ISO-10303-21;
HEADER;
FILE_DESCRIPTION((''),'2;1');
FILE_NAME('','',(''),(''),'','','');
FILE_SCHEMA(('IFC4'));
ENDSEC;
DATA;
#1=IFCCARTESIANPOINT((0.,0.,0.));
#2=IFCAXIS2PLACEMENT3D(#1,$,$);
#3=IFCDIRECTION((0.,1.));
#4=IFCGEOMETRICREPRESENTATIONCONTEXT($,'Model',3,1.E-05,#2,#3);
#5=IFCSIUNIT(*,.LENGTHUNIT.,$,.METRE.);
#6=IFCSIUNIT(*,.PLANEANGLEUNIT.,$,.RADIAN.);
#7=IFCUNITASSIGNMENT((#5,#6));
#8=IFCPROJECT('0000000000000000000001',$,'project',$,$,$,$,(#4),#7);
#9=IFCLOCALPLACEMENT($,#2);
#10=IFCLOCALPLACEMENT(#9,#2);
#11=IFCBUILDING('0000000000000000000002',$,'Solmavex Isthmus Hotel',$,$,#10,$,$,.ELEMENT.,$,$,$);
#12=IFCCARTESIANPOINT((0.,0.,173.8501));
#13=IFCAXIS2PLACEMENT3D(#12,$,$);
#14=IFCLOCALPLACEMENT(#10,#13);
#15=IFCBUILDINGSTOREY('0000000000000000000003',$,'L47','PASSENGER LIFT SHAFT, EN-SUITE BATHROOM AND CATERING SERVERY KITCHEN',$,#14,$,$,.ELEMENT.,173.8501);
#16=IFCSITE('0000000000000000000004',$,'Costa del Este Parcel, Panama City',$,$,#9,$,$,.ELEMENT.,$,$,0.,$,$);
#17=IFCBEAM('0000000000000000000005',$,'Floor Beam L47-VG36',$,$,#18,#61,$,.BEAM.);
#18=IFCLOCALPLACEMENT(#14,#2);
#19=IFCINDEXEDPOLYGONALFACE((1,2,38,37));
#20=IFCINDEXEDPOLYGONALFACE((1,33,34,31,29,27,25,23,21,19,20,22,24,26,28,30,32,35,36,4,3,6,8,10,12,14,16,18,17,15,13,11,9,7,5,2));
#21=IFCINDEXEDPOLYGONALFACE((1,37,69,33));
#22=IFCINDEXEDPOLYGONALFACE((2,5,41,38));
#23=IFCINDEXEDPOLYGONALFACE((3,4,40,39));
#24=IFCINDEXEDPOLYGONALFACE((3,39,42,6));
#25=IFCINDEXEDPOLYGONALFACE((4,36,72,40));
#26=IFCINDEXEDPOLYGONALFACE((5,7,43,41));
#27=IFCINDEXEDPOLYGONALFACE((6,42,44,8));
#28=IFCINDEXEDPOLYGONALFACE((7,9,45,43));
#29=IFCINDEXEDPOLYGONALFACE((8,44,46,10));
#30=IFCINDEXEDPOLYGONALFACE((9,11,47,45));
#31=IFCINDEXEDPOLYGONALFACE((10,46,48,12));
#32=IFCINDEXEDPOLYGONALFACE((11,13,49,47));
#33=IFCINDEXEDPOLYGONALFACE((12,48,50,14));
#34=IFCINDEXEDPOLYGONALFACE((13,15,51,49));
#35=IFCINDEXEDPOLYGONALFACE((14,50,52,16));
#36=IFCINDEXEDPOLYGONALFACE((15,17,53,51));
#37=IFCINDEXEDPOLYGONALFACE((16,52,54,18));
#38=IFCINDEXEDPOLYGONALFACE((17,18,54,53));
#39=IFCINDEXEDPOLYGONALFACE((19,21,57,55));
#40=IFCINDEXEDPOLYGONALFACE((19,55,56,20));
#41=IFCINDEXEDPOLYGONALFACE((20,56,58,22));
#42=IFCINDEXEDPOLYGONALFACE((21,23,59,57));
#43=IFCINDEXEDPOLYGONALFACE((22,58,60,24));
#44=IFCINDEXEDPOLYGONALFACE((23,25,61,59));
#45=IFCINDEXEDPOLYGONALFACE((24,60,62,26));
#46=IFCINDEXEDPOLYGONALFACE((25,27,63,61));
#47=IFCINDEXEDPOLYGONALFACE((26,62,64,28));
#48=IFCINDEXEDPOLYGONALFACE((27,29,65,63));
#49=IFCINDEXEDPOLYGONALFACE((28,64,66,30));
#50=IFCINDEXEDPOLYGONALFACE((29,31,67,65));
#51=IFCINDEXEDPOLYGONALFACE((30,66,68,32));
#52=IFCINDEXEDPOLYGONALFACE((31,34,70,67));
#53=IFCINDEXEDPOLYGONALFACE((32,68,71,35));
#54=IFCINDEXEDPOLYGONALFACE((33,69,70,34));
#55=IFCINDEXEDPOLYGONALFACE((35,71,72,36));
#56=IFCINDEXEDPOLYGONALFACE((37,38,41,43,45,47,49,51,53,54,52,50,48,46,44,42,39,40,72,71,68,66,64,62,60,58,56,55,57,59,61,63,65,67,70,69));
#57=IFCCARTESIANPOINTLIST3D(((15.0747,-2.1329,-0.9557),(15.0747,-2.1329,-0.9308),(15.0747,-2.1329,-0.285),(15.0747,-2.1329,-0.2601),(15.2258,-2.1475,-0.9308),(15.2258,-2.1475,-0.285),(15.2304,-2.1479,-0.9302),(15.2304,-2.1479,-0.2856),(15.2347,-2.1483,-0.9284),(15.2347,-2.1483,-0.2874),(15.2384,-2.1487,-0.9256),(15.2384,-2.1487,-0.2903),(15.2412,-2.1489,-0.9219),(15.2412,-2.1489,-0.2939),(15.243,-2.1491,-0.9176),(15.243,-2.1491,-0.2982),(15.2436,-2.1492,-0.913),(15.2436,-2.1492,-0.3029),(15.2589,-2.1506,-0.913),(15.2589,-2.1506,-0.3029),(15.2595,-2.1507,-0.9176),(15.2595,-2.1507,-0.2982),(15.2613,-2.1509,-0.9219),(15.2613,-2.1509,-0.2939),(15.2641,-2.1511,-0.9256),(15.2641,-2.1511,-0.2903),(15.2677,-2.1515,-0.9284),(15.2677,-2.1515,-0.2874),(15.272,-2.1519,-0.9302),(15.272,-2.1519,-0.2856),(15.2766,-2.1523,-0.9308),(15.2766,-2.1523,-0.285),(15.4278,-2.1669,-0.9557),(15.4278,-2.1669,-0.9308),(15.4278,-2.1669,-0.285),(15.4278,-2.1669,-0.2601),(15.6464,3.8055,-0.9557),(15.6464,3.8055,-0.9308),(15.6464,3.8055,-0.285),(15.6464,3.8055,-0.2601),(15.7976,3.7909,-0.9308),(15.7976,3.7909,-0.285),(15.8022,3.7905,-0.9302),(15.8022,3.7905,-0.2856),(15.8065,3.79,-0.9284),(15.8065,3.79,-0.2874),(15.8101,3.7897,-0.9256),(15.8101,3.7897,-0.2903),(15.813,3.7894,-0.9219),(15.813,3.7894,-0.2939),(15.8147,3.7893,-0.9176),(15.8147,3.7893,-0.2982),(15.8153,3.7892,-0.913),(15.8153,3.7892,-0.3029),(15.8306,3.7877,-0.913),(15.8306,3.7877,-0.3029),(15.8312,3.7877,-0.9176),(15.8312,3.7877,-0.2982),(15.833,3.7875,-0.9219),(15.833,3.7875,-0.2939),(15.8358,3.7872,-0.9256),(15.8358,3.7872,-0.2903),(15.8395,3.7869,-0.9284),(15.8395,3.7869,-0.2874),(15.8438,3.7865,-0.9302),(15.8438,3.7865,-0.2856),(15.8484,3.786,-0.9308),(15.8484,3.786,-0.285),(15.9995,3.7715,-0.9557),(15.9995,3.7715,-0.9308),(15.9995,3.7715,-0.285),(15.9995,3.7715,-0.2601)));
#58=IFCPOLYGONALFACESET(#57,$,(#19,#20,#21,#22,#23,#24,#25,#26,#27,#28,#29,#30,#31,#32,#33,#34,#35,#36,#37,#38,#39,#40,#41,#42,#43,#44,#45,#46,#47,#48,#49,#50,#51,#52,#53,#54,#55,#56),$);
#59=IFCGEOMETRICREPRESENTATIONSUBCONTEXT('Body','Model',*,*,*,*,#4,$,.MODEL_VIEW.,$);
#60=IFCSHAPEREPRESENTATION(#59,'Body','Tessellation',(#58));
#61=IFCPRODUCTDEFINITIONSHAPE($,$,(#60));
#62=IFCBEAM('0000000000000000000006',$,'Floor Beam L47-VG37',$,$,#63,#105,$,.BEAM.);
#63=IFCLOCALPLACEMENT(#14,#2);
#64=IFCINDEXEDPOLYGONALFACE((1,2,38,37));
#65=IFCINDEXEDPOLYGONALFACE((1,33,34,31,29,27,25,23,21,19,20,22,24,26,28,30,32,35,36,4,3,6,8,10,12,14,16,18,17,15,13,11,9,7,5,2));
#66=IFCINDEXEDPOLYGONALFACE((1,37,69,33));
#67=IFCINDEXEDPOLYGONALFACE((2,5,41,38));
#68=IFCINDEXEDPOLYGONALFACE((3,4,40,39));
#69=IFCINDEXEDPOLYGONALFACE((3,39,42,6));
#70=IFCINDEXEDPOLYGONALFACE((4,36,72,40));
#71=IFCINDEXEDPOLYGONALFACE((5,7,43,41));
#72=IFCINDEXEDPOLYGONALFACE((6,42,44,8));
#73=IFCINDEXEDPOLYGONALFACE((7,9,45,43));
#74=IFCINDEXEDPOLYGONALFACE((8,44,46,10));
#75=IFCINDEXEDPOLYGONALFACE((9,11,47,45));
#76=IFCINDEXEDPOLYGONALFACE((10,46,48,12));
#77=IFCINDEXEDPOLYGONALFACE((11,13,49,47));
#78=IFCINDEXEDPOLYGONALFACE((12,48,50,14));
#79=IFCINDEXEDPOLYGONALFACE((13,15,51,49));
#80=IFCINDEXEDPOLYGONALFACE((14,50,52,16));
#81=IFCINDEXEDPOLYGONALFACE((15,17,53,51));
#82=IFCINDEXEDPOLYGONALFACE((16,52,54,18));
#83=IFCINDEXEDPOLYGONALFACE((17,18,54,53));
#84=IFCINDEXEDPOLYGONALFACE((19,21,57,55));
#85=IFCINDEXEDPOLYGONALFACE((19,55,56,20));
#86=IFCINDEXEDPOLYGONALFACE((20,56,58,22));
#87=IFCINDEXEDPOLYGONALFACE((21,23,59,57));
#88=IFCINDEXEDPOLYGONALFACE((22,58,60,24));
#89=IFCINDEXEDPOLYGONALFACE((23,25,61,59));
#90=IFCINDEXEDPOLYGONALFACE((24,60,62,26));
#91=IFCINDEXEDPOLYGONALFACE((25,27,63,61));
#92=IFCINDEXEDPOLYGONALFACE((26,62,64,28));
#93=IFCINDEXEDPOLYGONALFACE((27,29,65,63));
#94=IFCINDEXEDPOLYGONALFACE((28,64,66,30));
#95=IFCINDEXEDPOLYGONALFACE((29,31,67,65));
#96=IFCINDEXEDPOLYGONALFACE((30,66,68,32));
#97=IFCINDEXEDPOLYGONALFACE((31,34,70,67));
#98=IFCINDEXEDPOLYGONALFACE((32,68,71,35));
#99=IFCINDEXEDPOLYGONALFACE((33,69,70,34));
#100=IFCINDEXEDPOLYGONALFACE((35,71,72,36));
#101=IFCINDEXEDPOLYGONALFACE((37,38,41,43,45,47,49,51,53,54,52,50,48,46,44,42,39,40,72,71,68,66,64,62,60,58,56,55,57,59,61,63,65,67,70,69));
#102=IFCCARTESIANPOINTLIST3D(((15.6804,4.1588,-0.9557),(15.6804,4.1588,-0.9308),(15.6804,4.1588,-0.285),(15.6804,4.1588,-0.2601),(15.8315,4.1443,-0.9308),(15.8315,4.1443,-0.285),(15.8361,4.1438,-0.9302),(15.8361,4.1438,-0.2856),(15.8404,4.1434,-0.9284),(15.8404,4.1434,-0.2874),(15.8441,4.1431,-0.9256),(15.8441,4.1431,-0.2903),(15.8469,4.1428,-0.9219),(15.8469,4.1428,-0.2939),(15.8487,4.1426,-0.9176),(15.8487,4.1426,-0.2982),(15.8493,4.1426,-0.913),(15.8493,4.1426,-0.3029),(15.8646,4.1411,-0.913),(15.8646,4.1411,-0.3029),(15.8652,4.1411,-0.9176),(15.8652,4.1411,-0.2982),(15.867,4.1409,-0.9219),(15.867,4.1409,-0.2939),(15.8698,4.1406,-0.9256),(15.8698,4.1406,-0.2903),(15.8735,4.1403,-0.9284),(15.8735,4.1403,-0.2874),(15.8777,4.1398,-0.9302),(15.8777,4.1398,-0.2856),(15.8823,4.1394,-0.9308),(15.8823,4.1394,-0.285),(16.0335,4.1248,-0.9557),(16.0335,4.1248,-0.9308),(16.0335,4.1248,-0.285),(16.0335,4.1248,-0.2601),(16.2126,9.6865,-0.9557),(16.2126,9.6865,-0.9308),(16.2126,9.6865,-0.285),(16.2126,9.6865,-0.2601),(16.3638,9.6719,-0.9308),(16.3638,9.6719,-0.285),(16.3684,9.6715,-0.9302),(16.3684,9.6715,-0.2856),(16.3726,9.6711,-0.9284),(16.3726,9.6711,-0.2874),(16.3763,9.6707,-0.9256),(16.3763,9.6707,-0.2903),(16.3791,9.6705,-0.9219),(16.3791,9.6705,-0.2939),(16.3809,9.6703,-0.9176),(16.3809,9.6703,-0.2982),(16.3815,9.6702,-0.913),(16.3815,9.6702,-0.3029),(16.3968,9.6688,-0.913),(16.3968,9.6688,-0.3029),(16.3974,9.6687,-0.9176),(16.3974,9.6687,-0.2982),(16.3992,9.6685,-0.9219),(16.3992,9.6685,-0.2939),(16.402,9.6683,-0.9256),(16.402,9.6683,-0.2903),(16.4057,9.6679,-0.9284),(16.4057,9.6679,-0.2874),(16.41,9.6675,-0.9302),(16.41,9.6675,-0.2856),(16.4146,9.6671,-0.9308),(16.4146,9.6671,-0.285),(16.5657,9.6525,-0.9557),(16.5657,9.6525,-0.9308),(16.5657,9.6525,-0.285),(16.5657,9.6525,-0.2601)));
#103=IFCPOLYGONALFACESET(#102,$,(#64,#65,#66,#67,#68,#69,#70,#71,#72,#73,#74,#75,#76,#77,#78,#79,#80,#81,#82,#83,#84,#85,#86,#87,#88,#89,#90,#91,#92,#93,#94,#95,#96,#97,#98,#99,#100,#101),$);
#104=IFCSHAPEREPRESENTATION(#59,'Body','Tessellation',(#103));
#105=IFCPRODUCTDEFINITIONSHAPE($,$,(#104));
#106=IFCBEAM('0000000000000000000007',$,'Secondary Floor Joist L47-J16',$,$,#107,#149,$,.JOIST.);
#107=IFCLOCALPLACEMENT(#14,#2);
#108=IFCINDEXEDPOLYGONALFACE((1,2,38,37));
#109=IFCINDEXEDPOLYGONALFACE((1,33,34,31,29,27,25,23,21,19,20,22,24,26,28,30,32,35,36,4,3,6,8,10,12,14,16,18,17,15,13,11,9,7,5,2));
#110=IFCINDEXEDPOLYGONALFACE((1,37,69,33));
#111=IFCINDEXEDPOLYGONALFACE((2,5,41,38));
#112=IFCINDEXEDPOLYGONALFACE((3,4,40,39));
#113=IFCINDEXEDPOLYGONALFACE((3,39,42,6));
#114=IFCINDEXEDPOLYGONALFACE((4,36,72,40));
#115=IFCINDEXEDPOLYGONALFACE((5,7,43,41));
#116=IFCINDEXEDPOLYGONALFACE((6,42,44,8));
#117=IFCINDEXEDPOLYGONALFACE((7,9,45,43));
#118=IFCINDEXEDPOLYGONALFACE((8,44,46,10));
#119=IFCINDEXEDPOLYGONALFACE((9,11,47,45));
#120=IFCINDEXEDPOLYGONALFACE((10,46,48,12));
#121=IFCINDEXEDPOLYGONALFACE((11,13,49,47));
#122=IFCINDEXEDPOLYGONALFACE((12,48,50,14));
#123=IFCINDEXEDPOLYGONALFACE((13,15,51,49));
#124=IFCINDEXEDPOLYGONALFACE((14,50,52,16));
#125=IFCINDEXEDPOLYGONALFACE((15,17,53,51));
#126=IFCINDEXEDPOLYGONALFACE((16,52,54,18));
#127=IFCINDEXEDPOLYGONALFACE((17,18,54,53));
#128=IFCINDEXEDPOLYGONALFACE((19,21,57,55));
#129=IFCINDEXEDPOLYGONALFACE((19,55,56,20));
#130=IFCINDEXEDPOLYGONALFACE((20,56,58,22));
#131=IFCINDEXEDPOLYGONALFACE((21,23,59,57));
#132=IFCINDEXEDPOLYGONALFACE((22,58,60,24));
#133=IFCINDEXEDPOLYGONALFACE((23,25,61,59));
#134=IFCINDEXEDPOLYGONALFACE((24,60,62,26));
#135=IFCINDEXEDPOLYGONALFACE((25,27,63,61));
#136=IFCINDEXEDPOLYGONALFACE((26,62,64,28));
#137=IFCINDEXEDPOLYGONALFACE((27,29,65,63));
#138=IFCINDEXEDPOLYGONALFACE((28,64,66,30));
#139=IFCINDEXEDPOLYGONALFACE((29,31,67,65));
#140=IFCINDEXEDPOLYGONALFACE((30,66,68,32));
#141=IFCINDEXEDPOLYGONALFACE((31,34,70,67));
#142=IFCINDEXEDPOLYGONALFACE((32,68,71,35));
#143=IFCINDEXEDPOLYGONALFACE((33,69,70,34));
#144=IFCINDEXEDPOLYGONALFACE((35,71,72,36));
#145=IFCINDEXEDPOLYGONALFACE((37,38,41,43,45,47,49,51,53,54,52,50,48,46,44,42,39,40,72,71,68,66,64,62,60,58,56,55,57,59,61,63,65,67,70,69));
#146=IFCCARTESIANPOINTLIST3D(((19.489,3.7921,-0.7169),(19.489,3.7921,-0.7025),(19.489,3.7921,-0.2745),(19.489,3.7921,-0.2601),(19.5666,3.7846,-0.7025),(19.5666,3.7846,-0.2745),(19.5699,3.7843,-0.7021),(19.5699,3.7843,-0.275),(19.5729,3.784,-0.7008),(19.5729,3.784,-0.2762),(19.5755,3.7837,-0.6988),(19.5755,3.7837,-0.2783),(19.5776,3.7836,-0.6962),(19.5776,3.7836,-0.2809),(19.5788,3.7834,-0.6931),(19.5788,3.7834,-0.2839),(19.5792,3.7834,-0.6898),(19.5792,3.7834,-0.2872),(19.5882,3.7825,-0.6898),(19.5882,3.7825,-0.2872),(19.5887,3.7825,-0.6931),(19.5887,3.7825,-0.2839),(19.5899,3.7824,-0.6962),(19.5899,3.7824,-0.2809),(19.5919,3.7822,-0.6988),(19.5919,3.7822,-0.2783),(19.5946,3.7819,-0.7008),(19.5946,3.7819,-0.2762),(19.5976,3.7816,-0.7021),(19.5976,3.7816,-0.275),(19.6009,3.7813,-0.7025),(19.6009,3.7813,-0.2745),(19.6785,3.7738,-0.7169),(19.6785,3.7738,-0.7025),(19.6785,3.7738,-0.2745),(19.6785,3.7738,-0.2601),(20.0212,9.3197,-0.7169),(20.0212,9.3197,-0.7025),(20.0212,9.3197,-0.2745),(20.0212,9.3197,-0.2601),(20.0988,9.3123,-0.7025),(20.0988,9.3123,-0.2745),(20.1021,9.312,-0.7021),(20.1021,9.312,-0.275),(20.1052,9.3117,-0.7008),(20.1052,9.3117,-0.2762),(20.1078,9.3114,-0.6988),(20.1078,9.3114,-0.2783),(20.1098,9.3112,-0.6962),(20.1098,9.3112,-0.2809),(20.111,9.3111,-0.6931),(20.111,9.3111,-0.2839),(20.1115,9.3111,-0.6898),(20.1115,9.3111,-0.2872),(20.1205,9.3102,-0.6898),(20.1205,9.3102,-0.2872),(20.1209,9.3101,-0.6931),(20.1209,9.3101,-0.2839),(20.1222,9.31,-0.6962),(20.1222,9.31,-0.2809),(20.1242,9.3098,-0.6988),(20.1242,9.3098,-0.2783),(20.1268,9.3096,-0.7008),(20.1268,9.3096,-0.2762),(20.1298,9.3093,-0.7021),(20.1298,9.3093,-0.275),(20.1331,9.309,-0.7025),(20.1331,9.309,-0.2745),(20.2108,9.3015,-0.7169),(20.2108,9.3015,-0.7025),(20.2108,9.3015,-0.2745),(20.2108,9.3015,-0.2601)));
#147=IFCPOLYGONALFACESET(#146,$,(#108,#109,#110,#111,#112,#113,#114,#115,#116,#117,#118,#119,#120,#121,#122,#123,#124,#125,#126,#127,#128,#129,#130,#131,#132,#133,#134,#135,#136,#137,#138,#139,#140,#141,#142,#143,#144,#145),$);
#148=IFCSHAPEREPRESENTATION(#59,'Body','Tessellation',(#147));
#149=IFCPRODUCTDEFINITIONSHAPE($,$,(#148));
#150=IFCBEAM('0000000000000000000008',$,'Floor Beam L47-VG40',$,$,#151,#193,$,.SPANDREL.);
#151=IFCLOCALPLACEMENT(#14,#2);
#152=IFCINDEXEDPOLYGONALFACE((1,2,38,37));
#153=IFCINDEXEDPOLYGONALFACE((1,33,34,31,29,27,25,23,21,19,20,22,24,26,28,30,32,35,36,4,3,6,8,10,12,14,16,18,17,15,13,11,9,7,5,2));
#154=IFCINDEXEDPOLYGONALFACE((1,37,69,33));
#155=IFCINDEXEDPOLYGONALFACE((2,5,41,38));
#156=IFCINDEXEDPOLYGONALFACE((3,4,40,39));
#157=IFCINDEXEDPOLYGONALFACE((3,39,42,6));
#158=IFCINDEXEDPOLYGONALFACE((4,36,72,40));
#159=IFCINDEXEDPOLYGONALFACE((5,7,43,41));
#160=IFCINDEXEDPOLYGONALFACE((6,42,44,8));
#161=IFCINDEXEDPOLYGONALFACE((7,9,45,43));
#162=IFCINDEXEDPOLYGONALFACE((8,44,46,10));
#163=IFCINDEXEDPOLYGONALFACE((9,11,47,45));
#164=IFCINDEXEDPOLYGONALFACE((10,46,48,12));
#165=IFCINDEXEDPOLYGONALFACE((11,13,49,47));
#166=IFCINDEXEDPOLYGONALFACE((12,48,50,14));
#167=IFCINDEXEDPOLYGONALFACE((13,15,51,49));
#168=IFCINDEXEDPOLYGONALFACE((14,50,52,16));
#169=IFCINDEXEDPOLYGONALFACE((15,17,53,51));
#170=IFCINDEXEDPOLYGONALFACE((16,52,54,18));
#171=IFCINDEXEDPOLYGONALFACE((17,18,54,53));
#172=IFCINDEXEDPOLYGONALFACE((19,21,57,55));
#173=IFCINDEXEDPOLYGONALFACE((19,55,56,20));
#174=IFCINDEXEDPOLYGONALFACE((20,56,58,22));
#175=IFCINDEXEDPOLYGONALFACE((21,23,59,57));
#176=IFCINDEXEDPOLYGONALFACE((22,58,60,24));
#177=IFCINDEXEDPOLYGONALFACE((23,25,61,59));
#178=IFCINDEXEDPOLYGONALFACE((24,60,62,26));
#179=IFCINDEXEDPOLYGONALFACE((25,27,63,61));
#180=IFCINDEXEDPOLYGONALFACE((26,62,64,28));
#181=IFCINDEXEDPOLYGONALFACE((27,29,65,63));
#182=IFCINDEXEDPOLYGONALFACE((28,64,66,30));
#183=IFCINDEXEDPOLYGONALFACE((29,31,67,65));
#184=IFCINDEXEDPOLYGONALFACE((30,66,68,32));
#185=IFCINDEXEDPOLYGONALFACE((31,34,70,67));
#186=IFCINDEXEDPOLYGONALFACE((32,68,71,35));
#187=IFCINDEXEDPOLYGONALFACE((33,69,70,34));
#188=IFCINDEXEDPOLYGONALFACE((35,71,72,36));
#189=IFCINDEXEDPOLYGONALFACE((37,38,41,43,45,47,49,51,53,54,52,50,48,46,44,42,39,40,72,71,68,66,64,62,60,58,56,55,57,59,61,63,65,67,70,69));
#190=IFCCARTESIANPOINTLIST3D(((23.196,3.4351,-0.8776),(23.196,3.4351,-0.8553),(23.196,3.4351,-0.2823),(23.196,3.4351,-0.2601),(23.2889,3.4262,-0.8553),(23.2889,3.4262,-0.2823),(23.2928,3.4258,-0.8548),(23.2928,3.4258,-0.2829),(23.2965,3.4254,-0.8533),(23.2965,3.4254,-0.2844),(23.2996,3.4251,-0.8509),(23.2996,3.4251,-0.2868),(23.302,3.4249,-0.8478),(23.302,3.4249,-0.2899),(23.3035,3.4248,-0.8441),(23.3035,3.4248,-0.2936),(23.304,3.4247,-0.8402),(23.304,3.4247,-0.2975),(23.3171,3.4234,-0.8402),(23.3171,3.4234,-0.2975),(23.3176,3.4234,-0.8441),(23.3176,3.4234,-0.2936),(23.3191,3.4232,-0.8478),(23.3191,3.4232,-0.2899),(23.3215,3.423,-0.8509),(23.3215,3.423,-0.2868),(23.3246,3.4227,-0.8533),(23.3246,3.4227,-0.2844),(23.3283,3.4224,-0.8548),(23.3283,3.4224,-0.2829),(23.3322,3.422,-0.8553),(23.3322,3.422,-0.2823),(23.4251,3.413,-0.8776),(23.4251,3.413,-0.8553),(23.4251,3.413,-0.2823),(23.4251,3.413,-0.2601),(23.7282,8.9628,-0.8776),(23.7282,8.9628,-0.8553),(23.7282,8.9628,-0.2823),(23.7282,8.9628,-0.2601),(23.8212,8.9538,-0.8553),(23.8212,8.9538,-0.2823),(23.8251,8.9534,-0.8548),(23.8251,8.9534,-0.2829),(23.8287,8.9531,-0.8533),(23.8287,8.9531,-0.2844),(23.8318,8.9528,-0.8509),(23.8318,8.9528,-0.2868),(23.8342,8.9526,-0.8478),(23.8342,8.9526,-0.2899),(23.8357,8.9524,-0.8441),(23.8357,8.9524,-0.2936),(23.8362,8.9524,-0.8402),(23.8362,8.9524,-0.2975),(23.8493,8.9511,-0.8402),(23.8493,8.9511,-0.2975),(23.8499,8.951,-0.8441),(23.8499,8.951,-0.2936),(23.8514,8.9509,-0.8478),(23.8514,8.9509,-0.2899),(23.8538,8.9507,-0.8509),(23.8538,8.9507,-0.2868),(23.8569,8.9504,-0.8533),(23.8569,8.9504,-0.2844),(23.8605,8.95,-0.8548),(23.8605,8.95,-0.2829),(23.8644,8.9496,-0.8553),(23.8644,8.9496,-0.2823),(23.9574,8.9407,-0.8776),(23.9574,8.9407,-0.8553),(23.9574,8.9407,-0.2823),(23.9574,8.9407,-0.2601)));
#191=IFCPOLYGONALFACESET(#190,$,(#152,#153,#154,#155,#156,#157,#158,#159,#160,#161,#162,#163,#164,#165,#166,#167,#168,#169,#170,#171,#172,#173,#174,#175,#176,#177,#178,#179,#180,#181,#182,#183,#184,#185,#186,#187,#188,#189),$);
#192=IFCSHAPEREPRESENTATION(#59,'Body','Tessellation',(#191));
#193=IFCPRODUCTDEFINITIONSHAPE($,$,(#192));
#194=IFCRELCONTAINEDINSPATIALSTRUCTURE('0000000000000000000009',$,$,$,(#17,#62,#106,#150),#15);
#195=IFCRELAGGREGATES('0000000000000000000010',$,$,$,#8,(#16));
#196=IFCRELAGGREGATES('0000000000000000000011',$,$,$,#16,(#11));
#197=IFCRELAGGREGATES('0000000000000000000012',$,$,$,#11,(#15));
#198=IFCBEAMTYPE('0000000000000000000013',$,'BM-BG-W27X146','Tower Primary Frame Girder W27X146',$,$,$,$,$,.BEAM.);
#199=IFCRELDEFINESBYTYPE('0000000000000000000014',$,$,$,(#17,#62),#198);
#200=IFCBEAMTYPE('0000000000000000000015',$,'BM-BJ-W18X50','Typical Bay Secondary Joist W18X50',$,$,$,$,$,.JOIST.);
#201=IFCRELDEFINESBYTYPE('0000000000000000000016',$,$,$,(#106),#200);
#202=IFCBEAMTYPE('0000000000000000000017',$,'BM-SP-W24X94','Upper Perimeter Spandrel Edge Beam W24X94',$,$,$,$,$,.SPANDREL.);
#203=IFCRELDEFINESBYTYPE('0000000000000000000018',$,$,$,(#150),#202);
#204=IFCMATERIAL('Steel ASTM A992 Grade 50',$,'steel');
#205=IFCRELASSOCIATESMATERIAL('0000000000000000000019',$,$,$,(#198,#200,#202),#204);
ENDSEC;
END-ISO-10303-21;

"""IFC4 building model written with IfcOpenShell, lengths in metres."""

from ifc_helpers import new_model, si_unit, direction, frame, origin, origin_2d, place, context, subcontext, project, spatial, i_section, extrude, material, material_profile, profile_set, type_object, element, save


model = new_model("IFC4")

# Units and contexts
model_context = context("Model", 3, precision=1e-05, world=origin(), true_north=direction((0.0, 1.0)))
body_context = subcontext(model_context, "Body", "Model", "MODEL_VIEW")
ifc_project = project(units=[si_unit("LENGTHUNIT", "METRE"), si_unit("PLANEANGLEUNIT", "RADIAN")], contexts=[model_context])

# Site, building, storey
site_placement = place(None, origin())
site = spatial("IfcSite", under=ifc_project, at=site_placement, Name="Costa del Este Parcel, Panama City", CompositionType="ELEMENT", RefElevation=0.0)
building_placement = place(site_placement, origin())
building = spatial("IfcBuilding", under=site, at=building_placement, Name="Solmavex Isthmus Hotel", CompositionType="ELEMENT")
storey_placement = place(building_placement, frame((0.0, 0.0, 173.8501)))
storey = spatial("IfcBuildingStorey", under=building, at=storey_placement, Name="L47", Description="PASSENGER LIFT SHAFT, EN-SUITE BATHROOM AND CATERING SERVERY KITCHEN", CompositionType="ELEMENT", Elevation=173.8501)

# Beams
ifc_material_1 = material(Name="Steel ASTM A992 Grade 50", Category="steel")
ifc_material_profile_1 = material_profile(ifc_material_1, i_section(OverallWidth=0.3547, OverallDepth=0.6956, WebThickness=0.0154, FlangeThickness=0.0249, FilletRadius=0.0178, at=origin_2d()), Name="W27X146")
ifc_profile_set_1 = profile_set([ifc_material_profile_1], Name="Steel ASTM A992 Grade 50")
beam_type_1 = type_object("IfcBeamType", Name="BM-BG-W27X146", Description="Tower Primary Frame Girder W27X146", PredefinedType="BEAM", material=ifc_profile_set_1)
beam_1_placement = place(storey_placement, frame((15.2512, -2.1499, -0.6079), z_axis=(0.09584, 0.995397, 0.0), x_axis=(-0.995397, 0.09584, 0.0)))
element("IfcBeam", 1, at=beam_1_placement, inside=storey, type_object=beam_type_1, Name="Floor Beam L47-VG36", PredefinedType="BEAM", context=body_context, shape_type="SweptSolid", body=[
    extrude(i_section(OverallWidth=0.3547, OverallDepth=0.6956, WebThickness=0.0154, FlangeThickness=0.0249, FilletRadius=0.0178, at=origin_2d()), origin(), (0.0, 0.0, 1.0), 5.9658),
])
beam_2_placement = place(storey_placement, frame((15.8569, 4.1418, -0.6079), z_axis=(0.095842, 0.995397, 0.0), x_axis=(-0.995397, 0.095842, 0.0)))
element("IfcBeam", 2, at=beam_2_placement, inside=storey, type_object=beam_type_1, Name="Floor Beam L47-VG37", PredefinedType="BEAM", context=body_context, shape_type="SweptSolid", body=[
    extrude(i_section(OverallWidth=0.3547, OverallDepth=0.6956, WebThickness=0.0154, FlangeThickness=0.0249, FilletRadius=0.0178, at=origin_2d()), origin(), (0.0, 0.0, 1.0), 5.5532),
])
ifc_material_profile_2 = material_profile(ifc_material_1, i_section(OverallWidth=0.1904, OverallDepth=0.4568, WebThickness=0.009, FlangeThickness=0.0144, FilletRadius=0.0127, at=origin_2d()), Name="W18X50")
ifc_profile_set_2 = profile_set([ifc_material_profile_2], Name="Steel ASTM A992 Grade 50")
beam_type_2 = type_object("IfcBeamType", Name="BM-BJ-W18X50", Description="Typical Bay Secondary Joist W18X50", PredefinedType="JOIST", material=ifc_profile_set_2)
beam_3_placement = place(storey_placement, frame((19.5837, 3.783, -0.4885), z_axis=(0.095842, 0.995397, 0.0), x_axis=(-0.995397, 0.095842, 0.0)))
element("IfcBeam", 3, at=beam_3_placement, inside=storey, type_object=beam_type_2, Name="Secondary Floor Joist L47-J16", PredefinedType="JOIST", context=body_context, shape_type="SweptSolid", body=[
    extrude(i_section(OverallWidth=0.1904, OverallDepth=0.4568, WebThickness=0.009, FlangeThickness=0.0144, FilletRadius=0.0127, at=origin_2d()), origin(), (0.0, 0.0, 1.0), 5.5532),
])
ifc_material_profile_3 = material_profile(ifc_material_1, i_section(OverallWidth=0.2302, OverallDepth=0.6174, WebThickness=0.0132, FlangeThickness=0.0222, FilletRadius=0.0151, at=origin_2d()), Name="W24X94")
ifc_profile_set_3 = profile_set([ifc_material_profile_3], Name="Steel ASTM A992 Grade 50")
beam_type_3 = type_object("IfcBeamType", Name="BM-SP-W24X94", Description="Upper Perimeter Spandrel Edge Beam W24X94", PredefinedType="SPANDREL", material=ifc_profile_set_3)
beam_4_placement = place(storey_placement, frame((23.3105, 3.4241, -0.5688), z_axis=(0.095842, 0.995397, 0.0), x_axis=(-0.995397, 0.095842, 0.0)))
element("IfcBeam", 4, at=beam_4_placement, inside=storey, type_object=beam_type_3, Name="Floor Beam L47-VG40", PredefinedType="SPANDREL", context=body_context, shape_type="SweptSolid", body=[
    extrude(i_section(OverallWidth=0.2302, OverallDepth=0.6174, WebThickness=0.0132, FlangeThickness=0.0222, FilletRadius=0.0151, at=origin_2d()), origin(), (0.0, 0.0, 1.0), 5.5532),
])

save(model, "model.ifc")
